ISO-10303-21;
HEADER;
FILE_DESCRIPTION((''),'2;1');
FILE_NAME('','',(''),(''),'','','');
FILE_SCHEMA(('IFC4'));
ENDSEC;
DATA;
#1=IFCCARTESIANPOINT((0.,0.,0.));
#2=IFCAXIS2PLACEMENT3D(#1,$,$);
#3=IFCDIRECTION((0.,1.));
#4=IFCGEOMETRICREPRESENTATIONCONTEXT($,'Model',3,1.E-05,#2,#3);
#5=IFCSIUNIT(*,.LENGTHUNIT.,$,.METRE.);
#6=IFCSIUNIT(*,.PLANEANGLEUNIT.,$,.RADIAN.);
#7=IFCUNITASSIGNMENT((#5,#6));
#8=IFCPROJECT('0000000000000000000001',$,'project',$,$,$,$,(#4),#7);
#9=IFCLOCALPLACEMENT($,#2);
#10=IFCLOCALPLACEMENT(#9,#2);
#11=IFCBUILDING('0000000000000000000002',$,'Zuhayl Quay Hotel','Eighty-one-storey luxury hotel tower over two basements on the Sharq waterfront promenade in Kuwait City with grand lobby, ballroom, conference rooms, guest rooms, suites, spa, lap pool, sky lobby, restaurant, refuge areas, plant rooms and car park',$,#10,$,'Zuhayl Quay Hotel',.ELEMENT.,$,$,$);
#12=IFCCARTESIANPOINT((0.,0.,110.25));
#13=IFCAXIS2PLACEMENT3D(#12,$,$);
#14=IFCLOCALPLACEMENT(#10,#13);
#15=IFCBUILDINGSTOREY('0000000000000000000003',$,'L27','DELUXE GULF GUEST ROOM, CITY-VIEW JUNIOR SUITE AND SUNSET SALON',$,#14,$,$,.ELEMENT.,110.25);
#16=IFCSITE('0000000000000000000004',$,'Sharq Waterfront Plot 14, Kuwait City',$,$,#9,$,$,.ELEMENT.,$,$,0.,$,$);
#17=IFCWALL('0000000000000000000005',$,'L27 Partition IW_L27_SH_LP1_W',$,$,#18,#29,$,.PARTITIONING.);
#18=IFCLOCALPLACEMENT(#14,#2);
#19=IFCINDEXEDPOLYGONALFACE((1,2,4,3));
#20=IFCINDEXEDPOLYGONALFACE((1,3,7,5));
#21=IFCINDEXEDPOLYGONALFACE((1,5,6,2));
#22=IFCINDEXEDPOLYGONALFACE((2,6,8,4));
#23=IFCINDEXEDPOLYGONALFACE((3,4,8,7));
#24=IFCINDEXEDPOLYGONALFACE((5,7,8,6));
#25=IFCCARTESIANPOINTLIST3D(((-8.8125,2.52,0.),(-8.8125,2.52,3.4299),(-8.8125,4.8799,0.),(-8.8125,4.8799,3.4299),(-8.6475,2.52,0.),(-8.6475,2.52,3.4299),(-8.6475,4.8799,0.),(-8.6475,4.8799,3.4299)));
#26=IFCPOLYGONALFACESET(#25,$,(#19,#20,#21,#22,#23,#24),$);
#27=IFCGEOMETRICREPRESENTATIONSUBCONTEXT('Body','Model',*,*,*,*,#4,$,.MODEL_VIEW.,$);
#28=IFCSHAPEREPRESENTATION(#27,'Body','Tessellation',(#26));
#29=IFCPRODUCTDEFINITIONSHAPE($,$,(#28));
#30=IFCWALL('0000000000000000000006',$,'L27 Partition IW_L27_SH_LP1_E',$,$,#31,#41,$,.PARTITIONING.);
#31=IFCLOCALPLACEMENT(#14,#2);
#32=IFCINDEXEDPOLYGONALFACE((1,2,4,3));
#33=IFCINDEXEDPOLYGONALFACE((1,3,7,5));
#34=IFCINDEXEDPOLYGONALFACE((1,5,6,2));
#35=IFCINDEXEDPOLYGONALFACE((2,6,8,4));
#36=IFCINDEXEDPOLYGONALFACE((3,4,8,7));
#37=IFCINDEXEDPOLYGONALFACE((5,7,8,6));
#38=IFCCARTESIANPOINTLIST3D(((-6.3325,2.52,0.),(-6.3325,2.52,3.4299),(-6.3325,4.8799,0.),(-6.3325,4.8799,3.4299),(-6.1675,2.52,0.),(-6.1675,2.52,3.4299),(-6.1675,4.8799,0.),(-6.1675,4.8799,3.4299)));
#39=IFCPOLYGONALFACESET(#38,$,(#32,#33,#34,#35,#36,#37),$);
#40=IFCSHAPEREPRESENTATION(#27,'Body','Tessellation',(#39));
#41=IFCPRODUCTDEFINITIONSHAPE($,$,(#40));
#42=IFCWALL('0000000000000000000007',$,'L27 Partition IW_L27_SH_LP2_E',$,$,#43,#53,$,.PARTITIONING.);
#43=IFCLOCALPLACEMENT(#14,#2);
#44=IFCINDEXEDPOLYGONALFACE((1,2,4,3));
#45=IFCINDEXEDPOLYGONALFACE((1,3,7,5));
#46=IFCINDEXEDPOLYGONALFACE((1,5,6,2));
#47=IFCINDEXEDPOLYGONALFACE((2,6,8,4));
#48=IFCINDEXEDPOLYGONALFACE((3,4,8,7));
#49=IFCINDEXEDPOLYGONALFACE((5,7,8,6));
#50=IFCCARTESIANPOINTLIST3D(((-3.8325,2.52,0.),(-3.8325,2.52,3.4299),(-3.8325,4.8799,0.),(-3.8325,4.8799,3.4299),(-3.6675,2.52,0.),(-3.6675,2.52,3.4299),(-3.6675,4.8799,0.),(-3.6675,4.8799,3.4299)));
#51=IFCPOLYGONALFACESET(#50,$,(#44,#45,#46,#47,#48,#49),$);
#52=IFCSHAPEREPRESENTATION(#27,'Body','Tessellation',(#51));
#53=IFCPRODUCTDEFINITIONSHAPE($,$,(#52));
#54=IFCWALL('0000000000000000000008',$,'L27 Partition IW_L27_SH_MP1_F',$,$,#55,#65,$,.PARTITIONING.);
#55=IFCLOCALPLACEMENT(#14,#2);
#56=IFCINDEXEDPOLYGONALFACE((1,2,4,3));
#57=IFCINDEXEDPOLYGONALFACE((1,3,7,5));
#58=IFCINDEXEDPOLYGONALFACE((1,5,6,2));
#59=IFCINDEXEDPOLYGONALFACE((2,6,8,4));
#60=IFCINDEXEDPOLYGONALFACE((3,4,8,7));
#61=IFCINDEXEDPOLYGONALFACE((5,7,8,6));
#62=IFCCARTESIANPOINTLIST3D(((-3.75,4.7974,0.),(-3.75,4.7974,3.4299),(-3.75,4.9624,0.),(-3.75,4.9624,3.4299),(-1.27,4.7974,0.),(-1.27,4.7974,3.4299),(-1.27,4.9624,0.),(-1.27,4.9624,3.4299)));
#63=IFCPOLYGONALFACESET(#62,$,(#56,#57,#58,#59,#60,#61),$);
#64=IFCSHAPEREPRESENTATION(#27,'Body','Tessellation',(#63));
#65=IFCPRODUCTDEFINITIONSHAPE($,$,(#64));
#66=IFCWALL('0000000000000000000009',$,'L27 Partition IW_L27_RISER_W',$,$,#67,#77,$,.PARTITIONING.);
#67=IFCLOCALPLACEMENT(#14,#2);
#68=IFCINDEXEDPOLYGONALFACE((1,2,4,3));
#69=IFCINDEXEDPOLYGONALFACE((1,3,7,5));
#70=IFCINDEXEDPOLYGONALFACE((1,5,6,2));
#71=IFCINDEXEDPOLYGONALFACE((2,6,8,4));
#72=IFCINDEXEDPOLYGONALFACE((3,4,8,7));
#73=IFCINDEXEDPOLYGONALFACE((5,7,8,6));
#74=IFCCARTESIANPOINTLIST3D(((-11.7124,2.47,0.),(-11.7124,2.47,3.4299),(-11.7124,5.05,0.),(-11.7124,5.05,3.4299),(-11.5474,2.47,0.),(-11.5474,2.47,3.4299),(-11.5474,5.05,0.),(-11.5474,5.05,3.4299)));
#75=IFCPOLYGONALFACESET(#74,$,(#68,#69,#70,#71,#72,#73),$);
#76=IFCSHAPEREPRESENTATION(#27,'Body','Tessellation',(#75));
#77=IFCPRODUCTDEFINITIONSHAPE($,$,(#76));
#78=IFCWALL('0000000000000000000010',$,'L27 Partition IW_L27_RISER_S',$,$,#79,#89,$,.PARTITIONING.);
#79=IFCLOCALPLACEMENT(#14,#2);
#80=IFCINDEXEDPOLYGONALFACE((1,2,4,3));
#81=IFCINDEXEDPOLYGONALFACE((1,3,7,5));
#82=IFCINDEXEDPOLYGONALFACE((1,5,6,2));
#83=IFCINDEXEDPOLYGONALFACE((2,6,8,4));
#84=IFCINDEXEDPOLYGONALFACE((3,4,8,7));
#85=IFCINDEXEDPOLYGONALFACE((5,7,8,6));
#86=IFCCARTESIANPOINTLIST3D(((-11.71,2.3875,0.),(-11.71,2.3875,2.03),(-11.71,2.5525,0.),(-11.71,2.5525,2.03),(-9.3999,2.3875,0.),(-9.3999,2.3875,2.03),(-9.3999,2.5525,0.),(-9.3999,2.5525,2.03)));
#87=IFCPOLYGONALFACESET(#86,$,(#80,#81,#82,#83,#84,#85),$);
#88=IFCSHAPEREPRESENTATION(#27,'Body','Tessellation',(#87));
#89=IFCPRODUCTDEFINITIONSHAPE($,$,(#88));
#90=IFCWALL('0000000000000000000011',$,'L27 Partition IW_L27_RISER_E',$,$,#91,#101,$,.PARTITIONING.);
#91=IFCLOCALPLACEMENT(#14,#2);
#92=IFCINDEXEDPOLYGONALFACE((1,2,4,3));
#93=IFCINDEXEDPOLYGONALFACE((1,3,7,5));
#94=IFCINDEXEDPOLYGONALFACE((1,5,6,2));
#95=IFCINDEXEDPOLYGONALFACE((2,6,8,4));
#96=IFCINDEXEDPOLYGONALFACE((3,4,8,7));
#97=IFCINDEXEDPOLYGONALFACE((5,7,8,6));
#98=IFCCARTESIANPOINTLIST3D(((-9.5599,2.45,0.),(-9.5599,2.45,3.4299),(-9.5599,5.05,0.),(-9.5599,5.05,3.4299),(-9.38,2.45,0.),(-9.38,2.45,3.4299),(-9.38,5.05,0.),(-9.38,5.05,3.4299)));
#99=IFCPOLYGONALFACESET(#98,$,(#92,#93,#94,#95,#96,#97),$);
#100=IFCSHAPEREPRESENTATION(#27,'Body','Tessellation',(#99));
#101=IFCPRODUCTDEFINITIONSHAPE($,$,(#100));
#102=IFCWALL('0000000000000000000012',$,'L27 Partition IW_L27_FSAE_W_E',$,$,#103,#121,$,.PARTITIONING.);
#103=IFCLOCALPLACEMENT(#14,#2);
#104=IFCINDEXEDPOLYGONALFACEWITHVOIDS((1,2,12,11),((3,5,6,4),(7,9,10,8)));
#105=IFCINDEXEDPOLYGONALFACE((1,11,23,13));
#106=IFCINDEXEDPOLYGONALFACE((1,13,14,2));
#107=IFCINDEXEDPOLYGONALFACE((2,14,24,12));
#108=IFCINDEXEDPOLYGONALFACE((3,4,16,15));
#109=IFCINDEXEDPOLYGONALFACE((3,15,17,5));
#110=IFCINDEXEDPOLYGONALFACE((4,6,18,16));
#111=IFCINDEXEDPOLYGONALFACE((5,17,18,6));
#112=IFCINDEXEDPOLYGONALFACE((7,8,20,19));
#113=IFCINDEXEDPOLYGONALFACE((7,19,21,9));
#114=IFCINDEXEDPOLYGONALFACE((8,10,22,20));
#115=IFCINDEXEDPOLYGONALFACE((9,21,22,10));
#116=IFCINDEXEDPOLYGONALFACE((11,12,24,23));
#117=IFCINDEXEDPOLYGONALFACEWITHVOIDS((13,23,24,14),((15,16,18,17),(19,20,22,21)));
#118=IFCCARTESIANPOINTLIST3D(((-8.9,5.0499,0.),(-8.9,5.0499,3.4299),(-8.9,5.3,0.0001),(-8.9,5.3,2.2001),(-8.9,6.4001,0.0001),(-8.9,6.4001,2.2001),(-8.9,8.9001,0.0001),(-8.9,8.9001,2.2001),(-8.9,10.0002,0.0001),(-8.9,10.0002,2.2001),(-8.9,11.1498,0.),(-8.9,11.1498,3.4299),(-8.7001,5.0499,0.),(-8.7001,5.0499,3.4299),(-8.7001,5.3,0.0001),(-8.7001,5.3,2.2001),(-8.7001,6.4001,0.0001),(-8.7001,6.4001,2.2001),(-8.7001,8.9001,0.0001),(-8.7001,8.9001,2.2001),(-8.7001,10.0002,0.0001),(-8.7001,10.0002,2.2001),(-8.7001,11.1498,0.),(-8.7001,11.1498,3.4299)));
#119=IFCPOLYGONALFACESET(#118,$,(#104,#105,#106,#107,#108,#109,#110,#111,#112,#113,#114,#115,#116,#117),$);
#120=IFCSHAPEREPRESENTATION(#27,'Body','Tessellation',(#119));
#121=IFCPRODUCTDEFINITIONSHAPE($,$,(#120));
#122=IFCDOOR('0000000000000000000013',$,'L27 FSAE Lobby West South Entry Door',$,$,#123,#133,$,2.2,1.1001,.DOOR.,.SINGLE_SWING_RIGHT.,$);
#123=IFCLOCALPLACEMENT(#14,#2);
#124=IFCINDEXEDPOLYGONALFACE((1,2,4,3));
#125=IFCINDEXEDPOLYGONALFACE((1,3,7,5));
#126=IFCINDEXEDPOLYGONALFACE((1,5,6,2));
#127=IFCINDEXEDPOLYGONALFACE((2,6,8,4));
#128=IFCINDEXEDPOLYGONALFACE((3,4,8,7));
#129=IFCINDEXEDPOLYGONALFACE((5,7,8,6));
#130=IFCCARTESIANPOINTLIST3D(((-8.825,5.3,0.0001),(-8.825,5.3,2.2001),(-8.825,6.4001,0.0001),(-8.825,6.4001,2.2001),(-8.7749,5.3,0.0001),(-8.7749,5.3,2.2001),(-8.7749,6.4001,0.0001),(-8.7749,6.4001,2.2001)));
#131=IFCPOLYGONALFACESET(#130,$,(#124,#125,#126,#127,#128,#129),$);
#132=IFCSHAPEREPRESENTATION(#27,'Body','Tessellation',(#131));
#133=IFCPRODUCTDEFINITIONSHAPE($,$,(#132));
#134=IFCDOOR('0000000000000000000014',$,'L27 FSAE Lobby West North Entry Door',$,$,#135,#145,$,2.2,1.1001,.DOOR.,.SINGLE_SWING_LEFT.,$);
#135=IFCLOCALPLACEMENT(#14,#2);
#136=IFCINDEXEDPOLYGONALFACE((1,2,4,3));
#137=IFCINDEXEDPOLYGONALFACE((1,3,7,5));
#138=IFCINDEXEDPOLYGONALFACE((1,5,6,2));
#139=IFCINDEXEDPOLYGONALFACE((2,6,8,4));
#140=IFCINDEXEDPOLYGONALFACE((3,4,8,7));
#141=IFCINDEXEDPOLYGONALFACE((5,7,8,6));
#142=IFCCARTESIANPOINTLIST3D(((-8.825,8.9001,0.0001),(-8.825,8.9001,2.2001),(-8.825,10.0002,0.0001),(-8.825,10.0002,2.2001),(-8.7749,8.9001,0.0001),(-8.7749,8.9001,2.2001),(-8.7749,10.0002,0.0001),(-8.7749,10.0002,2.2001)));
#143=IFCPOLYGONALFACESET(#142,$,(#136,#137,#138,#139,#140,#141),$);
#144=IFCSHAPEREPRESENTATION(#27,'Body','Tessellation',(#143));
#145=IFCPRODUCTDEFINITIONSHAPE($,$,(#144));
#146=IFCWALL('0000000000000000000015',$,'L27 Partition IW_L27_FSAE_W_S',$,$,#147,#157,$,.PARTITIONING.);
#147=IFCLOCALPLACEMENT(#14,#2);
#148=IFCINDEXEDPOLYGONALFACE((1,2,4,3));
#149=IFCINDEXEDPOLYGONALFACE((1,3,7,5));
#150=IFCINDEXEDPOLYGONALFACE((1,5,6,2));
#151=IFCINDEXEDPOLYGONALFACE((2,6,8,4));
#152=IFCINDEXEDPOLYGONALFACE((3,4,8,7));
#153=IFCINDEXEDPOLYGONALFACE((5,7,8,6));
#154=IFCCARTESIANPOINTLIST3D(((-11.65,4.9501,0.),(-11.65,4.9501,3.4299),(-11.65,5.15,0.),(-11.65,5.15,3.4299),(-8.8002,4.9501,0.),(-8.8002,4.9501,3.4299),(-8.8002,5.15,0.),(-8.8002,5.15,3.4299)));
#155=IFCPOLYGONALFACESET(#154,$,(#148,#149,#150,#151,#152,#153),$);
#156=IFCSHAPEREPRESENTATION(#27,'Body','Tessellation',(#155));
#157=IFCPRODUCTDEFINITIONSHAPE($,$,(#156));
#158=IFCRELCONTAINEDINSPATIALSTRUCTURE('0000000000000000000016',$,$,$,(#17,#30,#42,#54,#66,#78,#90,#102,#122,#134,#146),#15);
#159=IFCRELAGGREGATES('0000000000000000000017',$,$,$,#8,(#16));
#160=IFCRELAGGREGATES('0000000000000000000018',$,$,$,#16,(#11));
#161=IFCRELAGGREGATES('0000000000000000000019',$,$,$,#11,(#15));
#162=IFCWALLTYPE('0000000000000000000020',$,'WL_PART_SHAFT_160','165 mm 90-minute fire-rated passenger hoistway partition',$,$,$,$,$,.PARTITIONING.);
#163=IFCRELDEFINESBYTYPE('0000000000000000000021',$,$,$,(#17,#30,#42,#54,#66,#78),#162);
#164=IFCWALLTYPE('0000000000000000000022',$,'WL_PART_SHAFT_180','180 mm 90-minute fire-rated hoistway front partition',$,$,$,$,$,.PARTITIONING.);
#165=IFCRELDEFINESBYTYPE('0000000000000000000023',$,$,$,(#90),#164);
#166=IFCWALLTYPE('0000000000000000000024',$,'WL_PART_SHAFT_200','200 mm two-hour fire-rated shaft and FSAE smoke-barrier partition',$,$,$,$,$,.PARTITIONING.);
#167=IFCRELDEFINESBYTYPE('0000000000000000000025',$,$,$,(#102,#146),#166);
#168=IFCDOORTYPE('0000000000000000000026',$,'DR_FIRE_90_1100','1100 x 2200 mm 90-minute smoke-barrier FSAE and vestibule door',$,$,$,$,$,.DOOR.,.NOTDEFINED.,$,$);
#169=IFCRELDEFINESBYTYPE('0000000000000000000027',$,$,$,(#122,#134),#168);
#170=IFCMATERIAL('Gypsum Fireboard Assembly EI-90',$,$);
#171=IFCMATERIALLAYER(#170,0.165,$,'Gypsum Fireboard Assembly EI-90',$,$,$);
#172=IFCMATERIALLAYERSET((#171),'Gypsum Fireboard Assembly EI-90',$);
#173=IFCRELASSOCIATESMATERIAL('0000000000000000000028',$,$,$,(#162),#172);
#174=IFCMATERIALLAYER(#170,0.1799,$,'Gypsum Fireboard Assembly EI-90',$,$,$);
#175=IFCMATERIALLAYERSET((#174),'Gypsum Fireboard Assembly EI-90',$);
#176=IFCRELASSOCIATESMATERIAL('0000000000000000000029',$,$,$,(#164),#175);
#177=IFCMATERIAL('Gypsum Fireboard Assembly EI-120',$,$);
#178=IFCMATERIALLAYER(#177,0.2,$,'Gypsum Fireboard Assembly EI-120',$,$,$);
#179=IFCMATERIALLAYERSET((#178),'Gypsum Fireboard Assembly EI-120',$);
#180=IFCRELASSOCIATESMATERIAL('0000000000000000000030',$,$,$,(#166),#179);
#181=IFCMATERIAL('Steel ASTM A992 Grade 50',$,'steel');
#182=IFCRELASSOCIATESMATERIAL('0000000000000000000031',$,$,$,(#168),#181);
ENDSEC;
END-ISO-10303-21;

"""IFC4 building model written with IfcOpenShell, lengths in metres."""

from ifc_helpers import new_model, si_unit, direction, frame, frame_2d, origin, place, context, subcontext, project, spatial, rectangle, extrude, material, layer, layer_set, type_object, element, fill, save


model = new_model("IFC4")

# Units and contexts
model_context = context("Model", 3, precision=1e-05, world=origin(), true_north=direction((0.0, 1.0)))
body_context = subcontext(model_context, "Body", "Model", "MODEL_VIEW")
ifc_project = project(units=[si_unit("LENGTHUNIT", "METRE"), si_unit("PLANEANGLEUNIT", "RADIAN")], contexts=[model_context])

# Site, building, storey
site_placement = place(None, origin())
site = spatial("IfcSite", under=ifc_project, at=site_placement, Name="Sharq Waterfront Plot 14, Kuwait City", CompositionType="ELEMENT", RefElevation=0.0)
building_placement = place(site_placement, origin())
building = spatial("IfcBuilding", under=site, at=building_placement, Name="Zuhayl Quay Hotel", Description="Eighty-one-storey luxury hotel tower over two basements on the Sharq waterfront promenade in Kuwait City with grand lobby, ballroom, conference rooms, guest rooms, suites, spa, lap pool, sky lobby, restaurant, refuge areas, plant rooms and car park", LongName="Zuhayl Quay Hotel", CompositionType="ELEMENT")
storey_placement = place(building_placement, frame((0.0, 0.0, 110.25)))
storey = spatial("IfcBuildingStorey", under=building, at=storey_placement, Name="L27", Description="DELUXE GULF GUEST ROOM, CITY-VIEW JUNIOR SUITE AND SUNSET SALON", CompositionType="ELEMENT", Elevation=110.25)

# Shared definitions
ifc_material_1 = material(Name="Steel ASTM A992 Grade 50", Category="steel")

# Shared definitions
ifc_material_2 = material(Name="Gypsum Fireboard Assembly EI-90")
ifc_layer_1 = layer(ifc_material_2, 0.165, Name="Gypsum Fireboard Assembly EI-90")
ifc_layer_set_1 = layer_set([ifc_layer_1], Name="Gypsum Fireboard Assembly EI-90")
wall_type_1 = type_object("IfcWallType", Name="WL_PART_SHAFT_160", Description="165 mm 90-minute fire-rated passenger hoistway partition", PredefinedType="PARTITIONING", material=ifc_layer_set_1)

# Walls
for number, where, z_axis, x_axis, name in (
    (1, (-8.73, 2.52, 0.0), (0.0, 0.0, 1.0), (0.0, 1.0, 0.0), "L27 Partition IW_L27_SH_LP1_W"),
    (2, (-6.25, 2.52, 0.0), (0.0, 0.0, 1.0), (0.0, 1.0, 0.0), "L27 Partition IW_L27_SH_LP1_E"),
    (3, (-3.75, 2.52, 0.0), (0.0, 0.0, 1.0), (0.0, 1.0, 0.0), "L27 Partition IW_L27_SH_LP2_E"),
):
    element("IfcWall", number, at=place(storey_placement, frame(where, z_axis=z_axis, x_axis=x_axis)), inside=storey, type_object=wall_type_1, Name=name, PredefinedType="PARTITIONING", context=body_context, shape_type="SweptSolid", body=[
        extrude(rectangle(XDim=2.3599, YDim=0.165, at=frame_2d((1.1799, 0.0))), origin(), (0.0, 0.0, 1.0), 3.4299),
    ])
wall_1_placement = place(storey_placement, frame((-3.75, 4.8799, 0.0), z_axis=(0.0, 0.0, 1.0), x_axis=(1.0, 0.0, 0.0)))
element("IfcWall", 4, at=wall_1_placement, inside=storey, type_object=wall_type_1, Name="L27 Partition IW_L27_SH_MP1_F", PredefinedType="PARTITIONING", context=body_context, shape_type="SweptSolid", body=[
    extrude(rectangle(XDim=2.48, YDim=0.165, at=frame_2d((1.24, 0.0))), origin(), (0.0, 0.0, 1.0), 3.4299),
])
wall_2_placement = place(storey_placement, frame((-11.6299, 2.47, 0.0), z_axis=(0.0, 0.0, 1.0), x_axis=(0.0, 1.0, 0.0)))
element("IfcWall", 5, at=wall_2_placement, inside=storey, type_object=wall_type_1, Name="L27 Partition IW_L27_RISER_W", PredefinedType="PARTITIONING", context=body_context, shape_type="SweptSolid", body=[
    extrude(rectangle(XDim=2.5801, YDim=0.165, at=frame_2d((1.29, 0.0))), origin(), (0.0, 0.0, 1.0), 3.4299),
])
wall_3_placement = place(storey_placement, frame((-11.71, 2.47, 0.0), z_axis=(0.0, 0.0, 1.0), x_axis=(1.0, 0.0, 0.0)))
element("IfcWall", 6, at=wall_3_placement, inside=storey, type_object=wall_type_1, Name="L27 Partition IW_L27_RISER_S", PredefinedType="PARTITIONING", context=body_context, shape_type="SweptSolid", body=[
    extrude(rectangle(XDim=2.3101, YDim=0.165, at=frame_2d((1.155, 0.0))), origin(), (0.0, 0.0, 1.0), 2.03),
])
ifc_layer_2 = layer(ifc_material_2, 0.1799, Name="Gypsum Fireboard Assembly EI-90")
ifc_layer_set_2 = layer_set([ifc_layer_2], Name="Gypsum Fireboard Assembly EI-90")
wall_type_2 = type_object("IfcWallType", Name="WL_PART_SHAFT_180", Description="180 mm 90-minute fire-rated hoistway front partition", PredefinedType="PARTITIONING", material=ifc_layer_set_2)
wall_4_placement = place(storey_placement, frame((-9.47, 2.45, 0.0), z_axis=(0.0, 0.0, 1.0), x_axis=(0.0, 1.0, 0.0)))
element("IfcWall", 7, at=wall_4_placement, inside=storey, type_object=wall_type_2, Name="L27 Partition IW_L27_RISER_E", PredefinedType="PARTITIONING", context=body_context, shape_type="SweptSolid", body=[
    extrude(rectangle(XDim=2.6001, YDim=0.1799, at=frame_2d((1.3, 0.0))), origin(), (0.0, 0.0, 1.0), 3.4299),
])

# Wall, openings, doors
ifc_material_3 = material(Name="Gypsum Fireboard Assembly EI-120")
ifc_layer_3 = layer(ifc_material_3, 0.2, Name="Gypsum Fireboard Assembly EI-120")
ifc_layer_set_3 = layer_set([ifc_layer_3], Name="Gypsum Fireboard Assembly EI-120")
wall_type_3 = type_object("IfcWallType", Name="WL_PART_SHAFT_200", Description="200 mm two-hour fire-rated shaft and FSAE smoke-barrier partition", PredefinedType="PARTITIONING", material=ifc_layer_set_3)
wall_5_placement = place(storey_placement, frame((-8.8, 5.05, 0.0), z_axis=(0.0, 0.0, 1.0), x_axis=(0.0, 1.0, 0.0)))
wall_5 = element("IfcWall", 8, at=wall_5_placement, inside=storey, type_object=wall_type_3, Name="L27 Partition IW_L27_FSAE_W_E", PredefinedType="PARTITIONING", context=body_context, shape_type="SweptSolid", body=[
    extrude(rectangle(XDim=6.0999, YDim=0.2, at=frame_2d((3.0498, 0.0))), origin(), (0.0, 0.0, 1.0), 3.4299),
])
opening_1_placement = place(wall_5_placement, frame((0.25, 0.0, 0.0)))
opening_1 = element("IfcOpeningElement", 9, at=opening_1_placement, cuts=wall_5, PredefinedType="OPENING", context=body_context, shape_type="SweptSolid", body=[
    extrude(rectangle(XDim=1.1001, YDim=2.2, at=frame_2d((0.55, 1.1001))), frame((0.0, 0.1099, 0.0), z_axis=(0.0, -1.0, 0.0), x_axis=(1.0, 0.0, 0.0)), (0.0, 0.0, 1.0), 0.22),
])
opening_2_placement = place(wall_5_placement, frame((3.8501, 0.0, 0.0)))
opening_2 = element("IfcOpeningElement", 10, at=opening_2_placement, cuts=wall_5, PredefinedType="OPENING", context=body_context, shape_type="SweptSolid", body=[
    extrude(rectangle(XDim=1.1001, YDim=2.2, at=frame_2d((0.55, 1.1001))), frame((0.0, 0.1099, 0.0), z_axis=(0.0, -1.0, 0.0), x_axis=(1.0, 0.0, 0.0)), (0.0, 0.0, 1.0), 0.22),
])
door_type_1 = type_object("IfcDoorType", Name="DR_FIRE_90_1100", Description="1100 x 2200 mm 90-minute smoke-barrier FSAE and vestibule door", OperationType="NOTDEFINED", PredefinedType="DOOR", material=ifc_material_1)
door_1_placement = place(opening_1_placement, origin())
door_1 = element("IfcDoor", 11, at=door_1_placement, inside=storey, type_object=door_type_1, Name="L27 FSAE Lobby West South Entry Door", OperationType="SINGLE_SWING_RIGHT", OverallHeight=2.2, OverallWidth=1.1001, PredefinedType="DOOR", context=body_context, shape_type="SweptSolid", body=[
    extrude(rectangle(XDim=1.1001, YDim=2.2, at=frame_2d((0.55, 1.1001))), frame((0.0, 0.0249, 0.0), z_axis=(0.0, -1.0, 0.0), x_axis=(1.0, 0.0, 0.0)), (0.0, 0.0, 1.0), 0.05),
])
fill(opening_1, door_1)
door_2_placement = place(opening_2_placement, origin())
door_2 = element("IfcDoor", 12, at=door_2_placement, inside=storey, type_object=door_type_1, Name="L27 FSAE Lobby West North Entry Door", OperationType="SINGLE_SWING_LEFT", OverallHeight=2.2, OverallWidth=1.1001, PredefinedType="DOOR", context=body_context, shape_type="SweptSolid", body=[
    extrude(rectangle(XDim=1.1001, YDim=2.2, at=frame_2d((0.55, 1.1001))), frame((0.0, 0.0249, 0.0), z_axis=(0.0, -1.0, 0.0), x_axis=(1.0, 0.0, 0.0)), (0.0, 0.0, 1.0), 0.05),
])
fill(opening_2, door_2)

# Wall
wall_6_placement = place(storey_placement, frame((-11.6499, 5.05, 0.0), z_axis=(0.0, 0.0, 1.0), x_axis=(1.0, 0.0, 0.0)))
element("IfcWall", 13, at=wall_6_placement, inside=storey, type_object=wall_type_3, Name="L27 Partition IW_L27_FSAE_W_S", PredefinedType="PARTITIONING", context=body_context, shape_type="SweptSolid", body=[
    extrude(rectangle(XDim=2.8499, YDim=0.2, at=frame_2d((1.4248, 0.0))), origin(), (0.0, 0.0, 1.0), 3.4299),
])

save(model, "model.ifc")
